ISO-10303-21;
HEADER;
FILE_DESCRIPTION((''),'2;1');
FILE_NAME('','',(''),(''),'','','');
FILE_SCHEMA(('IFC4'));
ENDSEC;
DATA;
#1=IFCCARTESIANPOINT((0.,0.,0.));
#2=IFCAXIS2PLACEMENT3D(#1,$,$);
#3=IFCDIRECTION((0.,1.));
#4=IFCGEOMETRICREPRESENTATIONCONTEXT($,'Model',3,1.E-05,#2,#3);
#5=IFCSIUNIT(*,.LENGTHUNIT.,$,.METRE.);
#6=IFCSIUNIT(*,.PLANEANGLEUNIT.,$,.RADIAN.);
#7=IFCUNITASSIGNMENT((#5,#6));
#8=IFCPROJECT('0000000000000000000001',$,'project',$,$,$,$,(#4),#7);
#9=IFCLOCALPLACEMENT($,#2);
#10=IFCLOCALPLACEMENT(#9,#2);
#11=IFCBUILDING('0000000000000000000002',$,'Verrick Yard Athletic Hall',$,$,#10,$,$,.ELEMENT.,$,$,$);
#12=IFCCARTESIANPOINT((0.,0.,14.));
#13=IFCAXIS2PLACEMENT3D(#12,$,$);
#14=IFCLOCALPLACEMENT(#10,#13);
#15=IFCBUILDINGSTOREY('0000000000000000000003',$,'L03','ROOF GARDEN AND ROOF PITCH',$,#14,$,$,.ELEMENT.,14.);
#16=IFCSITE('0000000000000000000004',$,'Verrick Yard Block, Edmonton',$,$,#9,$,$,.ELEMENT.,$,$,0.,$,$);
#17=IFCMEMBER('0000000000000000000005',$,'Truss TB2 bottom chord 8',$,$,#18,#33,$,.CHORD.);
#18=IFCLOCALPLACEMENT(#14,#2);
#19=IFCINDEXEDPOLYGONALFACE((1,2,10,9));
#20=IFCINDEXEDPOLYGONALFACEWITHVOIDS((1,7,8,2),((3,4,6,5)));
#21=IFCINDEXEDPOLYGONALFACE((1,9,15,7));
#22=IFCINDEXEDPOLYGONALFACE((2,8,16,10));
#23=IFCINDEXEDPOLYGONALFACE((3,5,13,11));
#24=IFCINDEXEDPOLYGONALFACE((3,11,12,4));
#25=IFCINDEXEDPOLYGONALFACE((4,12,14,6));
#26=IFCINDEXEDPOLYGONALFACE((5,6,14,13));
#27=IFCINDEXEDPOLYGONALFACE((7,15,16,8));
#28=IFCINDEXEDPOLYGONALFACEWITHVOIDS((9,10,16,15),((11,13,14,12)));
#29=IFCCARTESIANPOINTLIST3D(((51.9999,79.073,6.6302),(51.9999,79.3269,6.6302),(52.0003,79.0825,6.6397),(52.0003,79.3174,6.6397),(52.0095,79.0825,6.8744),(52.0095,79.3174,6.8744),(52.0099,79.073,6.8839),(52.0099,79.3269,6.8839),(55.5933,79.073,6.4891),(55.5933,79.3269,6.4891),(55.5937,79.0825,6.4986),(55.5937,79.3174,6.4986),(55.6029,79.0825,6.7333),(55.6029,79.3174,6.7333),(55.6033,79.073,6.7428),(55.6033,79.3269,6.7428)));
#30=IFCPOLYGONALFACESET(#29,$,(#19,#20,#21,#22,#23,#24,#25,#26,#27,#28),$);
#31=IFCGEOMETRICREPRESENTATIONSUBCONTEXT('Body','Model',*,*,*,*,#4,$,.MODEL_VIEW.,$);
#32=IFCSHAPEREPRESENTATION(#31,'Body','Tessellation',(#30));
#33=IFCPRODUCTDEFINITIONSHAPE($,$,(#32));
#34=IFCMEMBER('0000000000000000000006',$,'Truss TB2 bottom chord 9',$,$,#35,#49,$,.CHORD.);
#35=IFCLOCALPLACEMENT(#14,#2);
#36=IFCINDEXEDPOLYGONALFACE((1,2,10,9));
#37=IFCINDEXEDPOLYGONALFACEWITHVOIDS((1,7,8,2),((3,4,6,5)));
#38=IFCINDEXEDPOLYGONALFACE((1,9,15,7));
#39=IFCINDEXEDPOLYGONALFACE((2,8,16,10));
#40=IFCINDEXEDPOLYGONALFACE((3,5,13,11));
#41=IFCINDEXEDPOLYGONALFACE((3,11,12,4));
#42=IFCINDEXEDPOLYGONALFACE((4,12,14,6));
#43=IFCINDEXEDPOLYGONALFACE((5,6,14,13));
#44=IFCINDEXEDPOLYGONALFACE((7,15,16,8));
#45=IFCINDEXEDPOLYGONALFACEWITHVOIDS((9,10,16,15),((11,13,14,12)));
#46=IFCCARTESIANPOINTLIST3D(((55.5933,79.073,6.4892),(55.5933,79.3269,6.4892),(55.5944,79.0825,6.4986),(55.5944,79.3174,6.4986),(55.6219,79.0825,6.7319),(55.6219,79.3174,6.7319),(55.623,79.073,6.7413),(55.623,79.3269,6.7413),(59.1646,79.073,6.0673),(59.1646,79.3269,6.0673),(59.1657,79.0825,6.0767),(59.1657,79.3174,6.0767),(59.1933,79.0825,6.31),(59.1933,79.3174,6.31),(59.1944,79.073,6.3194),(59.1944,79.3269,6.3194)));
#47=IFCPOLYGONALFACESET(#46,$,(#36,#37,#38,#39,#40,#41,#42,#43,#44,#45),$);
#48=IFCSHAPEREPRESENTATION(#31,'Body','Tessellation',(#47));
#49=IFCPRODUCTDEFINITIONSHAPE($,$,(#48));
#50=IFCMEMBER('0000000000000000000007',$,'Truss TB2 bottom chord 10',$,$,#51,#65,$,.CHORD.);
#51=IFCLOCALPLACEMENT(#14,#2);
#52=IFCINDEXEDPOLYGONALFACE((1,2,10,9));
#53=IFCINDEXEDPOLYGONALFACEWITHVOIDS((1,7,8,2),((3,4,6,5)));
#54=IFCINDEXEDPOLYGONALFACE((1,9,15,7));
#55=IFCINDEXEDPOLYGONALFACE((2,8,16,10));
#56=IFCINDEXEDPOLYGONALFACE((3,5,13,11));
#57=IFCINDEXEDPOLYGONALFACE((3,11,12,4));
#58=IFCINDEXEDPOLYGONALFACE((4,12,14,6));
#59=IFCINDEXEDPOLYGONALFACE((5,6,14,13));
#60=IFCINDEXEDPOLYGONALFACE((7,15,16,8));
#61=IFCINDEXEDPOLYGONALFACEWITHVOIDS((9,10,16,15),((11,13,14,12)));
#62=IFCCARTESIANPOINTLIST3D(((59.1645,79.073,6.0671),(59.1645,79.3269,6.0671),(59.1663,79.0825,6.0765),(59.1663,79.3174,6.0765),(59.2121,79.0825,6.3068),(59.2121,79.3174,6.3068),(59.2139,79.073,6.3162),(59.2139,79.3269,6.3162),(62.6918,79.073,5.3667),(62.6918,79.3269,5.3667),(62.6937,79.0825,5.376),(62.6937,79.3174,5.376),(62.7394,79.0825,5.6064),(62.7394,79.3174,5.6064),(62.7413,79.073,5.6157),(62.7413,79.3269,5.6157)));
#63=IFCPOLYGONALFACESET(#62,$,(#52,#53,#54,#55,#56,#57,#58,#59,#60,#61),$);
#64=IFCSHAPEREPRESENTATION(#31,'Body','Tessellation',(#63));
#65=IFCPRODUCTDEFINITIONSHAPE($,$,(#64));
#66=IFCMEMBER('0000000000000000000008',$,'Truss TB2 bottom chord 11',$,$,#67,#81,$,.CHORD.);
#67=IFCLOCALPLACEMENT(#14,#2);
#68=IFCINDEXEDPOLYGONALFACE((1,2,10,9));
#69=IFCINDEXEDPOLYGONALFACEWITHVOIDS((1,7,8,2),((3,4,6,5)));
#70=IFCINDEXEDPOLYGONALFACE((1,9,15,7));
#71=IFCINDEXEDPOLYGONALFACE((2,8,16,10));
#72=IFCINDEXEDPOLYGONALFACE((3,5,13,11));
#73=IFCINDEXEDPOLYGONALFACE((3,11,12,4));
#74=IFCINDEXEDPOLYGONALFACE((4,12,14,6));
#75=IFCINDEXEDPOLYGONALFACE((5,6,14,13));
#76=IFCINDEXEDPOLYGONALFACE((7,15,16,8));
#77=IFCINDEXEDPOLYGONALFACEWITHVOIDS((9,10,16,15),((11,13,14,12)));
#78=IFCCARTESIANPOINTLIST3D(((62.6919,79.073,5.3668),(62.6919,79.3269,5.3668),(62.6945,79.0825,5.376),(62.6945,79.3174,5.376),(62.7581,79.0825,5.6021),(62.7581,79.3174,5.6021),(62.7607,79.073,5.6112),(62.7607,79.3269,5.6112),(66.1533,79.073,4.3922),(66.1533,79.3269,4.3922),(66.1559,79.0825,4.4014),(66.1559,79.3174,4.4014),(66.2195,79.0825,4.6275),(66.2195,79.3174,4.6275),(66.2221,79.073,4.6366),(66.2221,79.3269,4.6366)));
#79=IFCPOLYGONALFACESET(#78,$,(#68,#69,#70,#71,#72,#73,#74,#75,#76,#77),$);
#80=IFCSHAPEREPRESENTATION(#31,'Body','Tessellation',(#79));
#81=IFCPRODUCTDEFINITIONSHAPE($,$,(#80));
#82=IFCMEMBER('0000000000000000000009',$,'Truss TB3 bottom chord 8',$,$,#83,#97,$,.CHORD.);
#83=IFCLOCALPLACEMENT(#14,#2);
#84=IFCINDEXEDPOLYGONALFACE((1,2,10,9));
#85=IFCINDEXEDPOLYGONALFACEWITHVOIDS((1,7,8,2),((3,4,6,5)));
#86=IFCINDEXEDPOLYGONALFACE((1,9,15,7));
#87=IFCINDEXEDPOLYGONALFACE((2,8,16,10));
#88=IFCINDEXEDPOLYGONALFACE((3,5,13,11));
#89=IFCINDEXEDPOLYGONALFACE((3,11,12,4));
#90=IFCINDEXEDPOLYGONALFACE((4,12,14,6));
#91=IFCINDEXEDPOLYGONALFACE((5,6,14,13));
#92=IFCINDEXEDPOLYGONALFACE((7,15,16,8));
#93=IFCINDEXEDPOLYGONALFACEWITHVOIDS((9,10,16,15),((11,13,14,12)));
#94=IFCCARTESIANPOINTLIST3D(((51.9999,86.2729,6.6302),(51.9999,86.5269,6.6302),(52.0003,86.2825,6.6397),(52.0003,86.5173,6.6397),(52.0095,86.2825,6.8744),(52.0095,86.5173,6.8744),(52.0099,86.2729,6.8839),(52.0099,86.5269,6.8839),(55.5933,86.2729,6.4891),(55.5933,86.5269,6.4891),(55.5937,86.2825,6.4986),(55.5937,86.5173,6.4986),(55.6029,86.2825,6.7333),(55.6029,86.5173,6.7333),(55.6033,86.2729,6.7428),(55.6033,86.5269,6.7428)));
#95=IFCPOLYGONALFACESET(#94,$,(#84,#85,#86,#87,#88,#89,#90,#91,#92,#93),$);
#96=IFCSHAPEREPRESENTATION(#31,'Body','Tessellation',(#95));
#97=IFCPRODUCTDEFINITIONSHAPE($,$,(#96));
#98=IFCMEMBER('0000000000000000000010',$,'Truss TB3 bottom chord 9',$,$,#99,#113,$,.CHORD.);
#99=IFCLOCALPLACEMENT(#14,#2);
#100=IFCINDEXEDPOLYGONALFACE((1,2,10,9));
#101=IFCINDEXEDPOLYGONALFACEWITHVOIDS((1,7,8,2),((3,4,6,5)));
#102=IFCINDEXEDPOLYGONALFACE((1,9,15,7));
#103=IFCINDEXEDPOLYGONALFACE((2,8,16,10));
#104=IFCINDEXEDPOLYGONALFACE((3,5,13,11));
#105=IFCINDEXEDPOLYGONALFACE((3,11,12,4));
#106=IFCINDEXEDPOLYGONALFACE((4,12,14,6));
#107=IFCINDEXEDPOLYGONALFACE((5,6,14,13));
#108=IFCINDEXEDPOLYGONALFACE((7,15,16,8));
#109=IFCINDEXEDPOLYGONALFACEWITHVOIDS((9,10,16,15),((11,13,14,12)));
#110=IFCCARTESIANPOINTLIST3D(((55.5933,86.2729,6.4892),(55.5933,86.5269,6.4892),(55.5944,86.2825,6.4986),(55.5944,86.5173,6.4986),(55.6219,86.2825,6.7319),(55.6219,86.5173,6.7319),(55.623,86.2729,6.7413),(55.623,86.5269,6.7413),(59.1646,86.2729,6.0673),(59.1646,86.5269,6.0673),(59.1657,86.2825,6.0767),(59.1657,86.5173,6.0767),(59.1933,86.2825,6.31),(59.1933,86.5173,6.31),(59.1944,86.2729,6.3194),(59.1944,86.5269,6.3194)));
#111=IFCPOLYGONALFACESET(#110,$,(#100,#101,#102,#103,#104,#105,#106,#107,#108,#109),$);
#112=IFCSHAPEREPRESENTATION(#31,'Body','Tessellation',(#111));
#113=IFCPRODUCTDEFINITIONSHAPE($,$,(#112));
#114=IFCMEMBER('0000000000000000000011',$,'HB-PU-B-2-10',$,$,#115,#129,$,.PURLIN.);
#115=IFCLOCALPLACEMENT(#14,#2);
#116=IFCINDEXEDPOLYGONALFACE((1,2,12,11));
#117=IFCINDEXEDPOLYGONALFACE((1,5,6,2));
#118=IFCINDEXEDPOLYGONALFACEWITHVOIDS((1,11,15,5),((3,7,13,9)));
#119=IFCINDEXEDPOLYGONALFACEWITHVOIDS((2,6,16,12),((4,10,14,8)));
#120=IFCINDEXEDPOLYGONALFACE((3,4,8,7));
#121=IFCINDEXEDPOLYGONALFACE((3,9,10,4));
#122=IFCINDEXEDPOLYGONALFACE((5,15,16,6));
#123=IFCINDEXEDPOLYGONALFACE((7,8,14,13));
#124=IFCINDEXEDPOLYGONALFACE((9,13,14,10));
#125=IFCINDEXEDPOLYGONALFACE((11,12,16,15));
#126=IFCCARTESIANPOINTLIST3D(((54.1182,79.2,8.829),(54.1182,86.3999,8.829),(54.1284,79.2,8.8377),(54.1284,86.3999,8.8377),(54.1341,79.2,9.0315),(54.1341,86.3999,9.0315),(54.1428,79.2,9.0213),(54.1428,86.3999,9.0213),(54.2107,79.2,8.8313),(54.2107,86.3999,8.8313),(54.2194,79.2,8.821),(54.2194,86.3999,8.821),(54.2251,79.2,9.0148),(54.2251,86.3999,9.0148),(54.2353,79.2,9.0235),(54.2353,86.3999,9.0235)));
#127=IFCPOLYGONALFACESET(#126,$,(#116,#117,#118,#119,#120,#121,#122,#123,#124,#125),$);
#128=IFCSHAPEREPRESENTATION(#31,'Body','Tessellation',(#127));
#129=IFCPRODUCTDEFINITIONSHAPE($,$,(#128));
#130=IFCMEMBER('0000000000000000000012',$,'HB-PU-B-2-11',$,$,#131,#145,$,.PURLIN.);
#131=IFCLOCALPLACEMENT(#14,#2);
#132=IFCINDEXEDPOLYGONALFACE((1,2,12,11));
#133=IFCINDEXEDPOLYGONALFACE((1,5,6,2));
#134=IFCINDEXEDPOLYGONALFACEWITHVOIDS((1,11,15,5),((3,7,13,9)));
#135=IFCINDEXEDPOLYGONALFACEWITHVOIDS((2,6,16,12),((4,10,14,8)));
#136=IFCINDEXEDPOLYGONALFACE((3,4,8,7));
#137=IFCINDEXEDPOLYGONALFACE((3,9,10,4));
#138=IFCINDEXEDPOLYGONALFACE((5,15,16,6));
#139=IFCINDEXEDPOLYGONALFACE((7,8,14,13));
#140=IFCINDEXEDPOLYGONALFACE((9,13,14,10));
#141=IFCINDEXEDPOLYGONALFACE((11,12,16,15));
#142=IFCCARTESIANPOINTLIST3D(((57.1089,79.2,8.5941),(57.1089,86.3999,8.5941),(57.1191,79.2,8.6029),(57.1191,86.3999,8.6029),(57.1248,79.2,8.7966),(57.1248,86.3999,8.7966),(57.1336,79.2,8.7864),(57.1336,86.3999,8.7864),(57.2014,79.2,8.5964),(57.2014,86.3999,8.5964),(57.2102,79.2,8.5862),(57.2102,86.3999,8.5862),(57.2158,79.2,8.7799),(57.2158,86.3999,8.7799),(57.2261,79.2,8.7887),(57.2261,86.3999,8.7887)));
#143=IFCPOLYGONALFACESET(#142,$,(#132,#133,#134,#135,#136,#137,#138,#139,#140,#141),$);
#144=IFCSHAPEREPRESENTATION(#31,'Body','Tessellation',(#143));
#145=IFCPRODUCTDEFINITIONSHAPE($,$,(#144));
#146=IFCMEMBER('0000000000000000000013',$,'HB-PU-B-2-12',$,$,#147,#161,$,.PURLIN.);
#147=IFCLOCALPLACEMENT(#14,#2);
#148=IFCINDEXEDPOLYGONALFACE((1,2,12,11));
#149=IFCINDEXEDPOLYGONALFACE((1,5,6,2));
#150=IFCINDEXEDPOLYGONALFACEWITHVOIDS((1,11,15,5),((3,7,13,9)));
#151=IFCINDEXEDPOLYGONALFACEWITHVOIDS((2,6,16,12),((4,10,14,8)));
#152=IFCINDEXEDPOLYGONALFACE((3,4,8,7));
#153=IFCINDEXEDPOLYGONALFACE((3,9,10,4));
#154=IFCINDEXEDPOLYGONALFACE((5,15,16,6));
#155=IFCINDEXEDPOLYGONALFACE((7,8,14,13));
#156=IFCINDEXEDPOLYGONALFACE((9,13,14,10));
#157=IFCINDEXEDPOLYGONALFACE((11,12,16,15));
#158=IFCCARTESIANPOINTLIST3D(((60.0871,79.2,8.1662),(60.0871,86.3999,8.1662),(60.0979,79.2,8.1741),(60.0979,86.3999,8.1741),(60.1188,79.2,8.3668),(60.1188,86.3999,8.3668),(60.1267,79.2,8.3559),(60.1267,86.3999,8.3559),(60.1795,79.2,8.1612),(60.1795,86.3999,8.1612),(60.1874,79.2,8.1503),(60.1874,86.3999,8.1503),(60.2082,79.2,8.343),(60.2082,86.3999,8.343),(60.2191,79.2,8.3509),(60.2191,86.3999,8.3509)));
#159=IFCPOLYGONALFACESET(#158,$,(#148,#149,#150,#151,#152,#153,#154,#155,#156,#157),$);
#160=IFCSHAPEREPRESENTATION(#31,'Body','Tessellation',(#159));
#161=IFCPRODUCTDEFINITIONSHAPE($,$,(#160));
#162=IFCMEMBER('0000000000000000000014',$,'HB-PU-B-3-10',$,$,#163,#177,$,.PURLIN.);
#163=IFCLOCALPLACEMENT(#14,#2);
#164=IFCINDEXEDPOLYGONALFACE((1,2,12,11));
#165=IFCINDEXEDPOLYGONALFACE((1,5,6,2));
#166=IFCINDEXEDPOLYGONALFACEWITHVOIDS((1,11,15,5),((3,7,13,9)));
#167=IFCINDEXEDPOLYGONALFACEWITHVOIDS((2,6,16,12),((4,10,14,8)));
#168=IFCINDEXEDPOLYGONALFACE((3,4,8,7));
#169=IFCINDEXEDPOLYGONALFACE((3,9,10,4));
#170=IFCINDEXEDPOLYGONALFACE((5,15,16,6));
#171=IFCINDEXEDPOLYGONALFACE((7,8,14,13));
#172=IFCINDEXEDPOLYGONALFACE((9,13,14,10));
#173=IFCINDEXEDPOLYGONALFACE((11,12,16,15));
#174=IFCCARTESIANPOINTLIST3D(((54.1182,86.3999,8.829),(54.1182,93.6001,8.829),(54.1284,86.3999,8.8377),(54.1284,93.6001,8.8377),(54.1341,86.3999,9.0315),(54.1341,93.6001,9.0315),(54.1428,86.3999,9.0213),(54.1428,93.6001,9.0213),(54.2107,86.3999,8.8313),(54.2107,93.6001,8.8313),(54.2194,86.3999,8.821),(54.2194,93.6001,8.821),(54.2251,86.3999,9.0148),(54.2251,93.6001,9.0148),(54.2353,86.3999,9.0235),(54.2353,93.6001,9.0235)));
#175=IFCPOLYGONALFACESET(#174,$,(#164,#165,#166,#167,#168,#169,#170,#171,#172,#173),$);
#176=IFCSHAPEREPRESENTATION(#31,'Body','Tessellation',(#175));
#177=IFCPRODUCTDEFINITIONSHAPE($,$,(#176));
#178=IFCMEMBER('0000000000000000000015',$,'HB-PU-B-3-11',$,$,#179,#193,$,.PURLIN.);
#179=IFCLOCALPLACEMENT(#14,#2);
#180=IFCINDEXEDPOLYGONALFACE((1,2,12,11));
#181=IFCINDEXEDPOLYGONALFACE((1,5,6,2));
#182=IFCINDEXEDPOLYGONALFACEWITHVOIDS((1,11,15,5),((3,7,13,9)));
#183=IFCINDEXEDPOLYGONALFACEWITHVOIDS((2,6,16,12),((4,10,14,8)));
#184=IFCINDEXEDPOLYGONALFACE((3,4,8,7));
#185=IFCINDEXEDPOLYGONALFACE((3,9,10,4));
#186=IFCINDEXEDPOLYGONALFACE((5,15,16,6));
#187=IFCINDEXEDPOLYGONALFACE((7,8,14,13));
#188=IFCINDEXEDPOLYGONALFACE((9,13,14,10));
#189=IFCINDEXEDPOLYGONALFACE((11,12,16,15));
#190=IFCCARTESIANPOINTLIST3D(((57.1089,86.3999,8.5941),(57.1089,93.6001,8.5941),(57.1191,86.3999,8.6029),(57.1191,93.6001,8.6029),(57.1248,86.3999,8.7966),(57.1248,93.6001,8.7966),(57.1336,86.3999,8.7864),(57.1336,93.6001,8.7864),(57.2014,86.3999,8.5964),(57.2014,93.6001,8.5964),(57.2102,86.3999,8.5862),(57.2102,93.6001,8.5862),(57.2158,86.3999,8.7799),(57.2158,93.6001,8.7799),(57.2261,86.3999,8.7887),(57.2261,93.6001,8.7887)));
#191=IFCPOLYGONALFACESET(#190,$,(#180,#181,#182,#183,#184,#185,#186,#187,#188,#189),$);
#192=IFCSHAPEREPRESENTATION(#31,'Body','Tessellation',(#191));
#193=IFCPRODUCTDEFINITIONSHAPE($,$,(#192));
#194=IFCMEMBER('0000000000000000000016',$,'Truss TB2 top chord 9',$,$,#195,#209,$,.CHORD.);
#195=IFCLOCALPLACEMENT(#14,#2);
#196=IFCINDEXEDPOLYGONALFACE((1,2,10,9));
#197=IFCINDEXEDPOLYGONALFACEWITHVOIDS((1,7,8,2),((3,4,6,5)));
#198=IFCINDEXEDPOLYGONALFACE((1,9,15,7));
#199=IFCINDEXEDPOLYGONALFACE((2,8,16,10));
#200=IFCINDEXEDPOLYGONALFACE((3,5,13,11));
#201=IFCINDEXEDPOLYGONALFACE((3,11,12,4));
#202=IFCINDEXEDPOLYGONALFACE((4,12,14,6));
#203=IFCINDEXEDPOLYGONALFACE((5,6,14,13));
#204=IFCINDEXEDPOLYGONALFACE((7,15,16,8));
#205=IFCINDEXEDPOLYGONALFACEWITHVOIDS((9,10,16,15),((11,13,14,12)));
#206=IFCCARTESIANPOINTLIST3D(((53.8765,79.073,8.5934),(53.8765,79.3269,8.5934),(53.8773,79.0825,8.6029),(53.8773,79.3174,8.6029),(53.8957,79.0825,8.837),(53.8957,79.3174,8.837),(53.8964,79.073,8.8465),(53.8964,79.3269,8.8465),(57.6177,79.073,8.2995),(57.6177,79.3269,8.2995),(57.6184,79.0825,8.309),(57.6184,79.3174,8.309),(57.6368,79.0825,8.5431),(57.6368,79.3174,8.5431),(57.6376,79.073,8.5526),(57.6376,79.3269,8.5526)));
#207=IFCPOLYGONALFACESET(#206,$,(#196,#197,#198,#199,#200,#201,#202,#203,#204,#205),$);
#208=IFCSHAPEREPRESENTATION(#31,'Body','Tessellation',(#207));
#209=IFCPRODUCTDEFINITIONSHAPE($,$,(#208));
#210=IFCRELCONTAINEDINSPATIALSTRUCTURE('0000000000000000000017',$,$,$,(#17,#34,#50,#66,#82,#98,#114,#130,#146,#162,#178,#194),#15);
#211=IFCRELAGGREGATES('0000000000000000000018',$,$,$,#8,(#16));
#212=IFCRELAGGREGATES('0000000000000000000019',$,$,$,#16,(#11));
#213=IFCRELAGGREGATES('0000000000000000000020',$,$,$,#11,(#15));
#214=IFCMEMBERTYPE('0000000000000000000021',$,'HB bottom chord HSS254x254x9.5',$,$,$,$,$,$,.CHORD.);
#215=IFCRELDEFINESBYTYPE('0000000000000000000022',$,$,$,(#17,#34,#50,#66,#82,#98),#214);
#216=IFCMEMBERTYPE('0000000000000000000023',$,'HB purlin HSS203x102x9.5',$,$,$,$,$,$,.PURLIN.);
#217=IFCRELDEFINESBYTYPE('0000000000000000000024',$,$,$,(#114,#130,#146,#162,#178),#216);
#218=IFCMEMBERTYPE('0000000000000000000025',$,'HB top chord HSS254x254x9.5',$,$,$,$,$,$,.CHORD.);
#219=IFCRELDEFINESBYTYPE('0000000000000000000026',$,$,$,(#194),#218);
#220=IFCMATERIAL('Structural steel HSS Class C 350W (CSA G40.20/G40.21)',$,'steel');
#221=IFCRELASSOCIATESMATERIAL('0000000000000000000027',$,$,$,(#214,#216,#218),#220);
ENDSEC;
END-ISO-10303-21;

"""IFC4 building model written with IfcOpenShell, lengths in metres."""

from ifc_helpers import new_model, si_unit, direction, frame, origin, origin_2d, place, context, subcontext, project, spatial, hollow_rectangle, extrude, material, material_profile, profile_set, type_object, element, save


model = new_model("IFC4")

# Units and contexts
model_context = context("Model", 3, precision=1e-05, world=origin(), true_north=direction((0.0, 1.0)))
body_context = subcontext(model_context, "Body", "Model", "MODEL_VIEW")
ifc_project = project(units=[si_unit("LENGTHUNIT", "METRE"), si_unit("PLANEANGLEUNIT", "RADIAN")], contexts=[model_context])

# Site, building, storey
site_placement = place(None, origin())
site = spatial("IfcSite", under=ifc_project, at=site_placement, Name="Verrick Yard Block, Edmonton", CompositionType="ELEMENT", RefElevation=0.0)
building_placement = place(site_placement, origin())
building = spatial("IfcBuilding", under=site, at=building_placement, Name="Verrick Yard Athletic Hall", CompositionType="ELEMENT")
storey_placement = place(building_placement, frame((0.0, 0.0, 14.0)))
storey = spatial("IfcBuildingStorey", under=building, at=storey_placement, Name="L03", Description="ROOF GARDEN AND ROOF PITCH", CompositionType="ELEMENT", Elevation=14.0)

# Members
ifc_material_1 = material(Name="Structural steel HSS Class C 350W (CSA G40.20/G40.21)", Category="steel")
ifc_material_profile_1 = material_profile(ifc_material_1, hollow_rectangle(XDim=0.2539, YDim=0.2539, WallThickness=0.0095, at=origin_2d()), Name="HSS254x254x9.5")
ifc_profile_set_1 = profile_set([ifc_material_profile_1], Name="Structural steel HSS Class C 350W (CSA G40.20/G40.21)")
member_type_1 = type_object("IfcMemberType", Name="HB bottom chord HSS254x254x9.5", PredefinedType="CHORD", material=ifc_profile_set_1)
for number, where, z_axis, x_axis, name in (
    (1, (52.0049, 79.2, 6.7571), (0.99923, 0.0, -0.039239), (0.0, 1.0, 0.0), "Truss TB2 bottom chord 8"),
    (2, (55.6082, 79.2, 6.6152), (0.993095, 0.0, -0.117314), (0.0, 1.0, 0.0), "Truss TB2 bottom chord 9"),
    (3, (59.1892, 79.2, 6.1917), (0.980849, 0.0, -0.194771), (0.0, 1.0, 0.0), "Truss TB2 bottom chord 10"),
):
    element("IfcMember", number, at=place(storey_placement, frame(where, z_axis=z_axis, x_axis=x_axis)), inside=storey, type_object=member_type_1, Name=name, PredefinedType="CHORD", context=body_context, shape_type="SweptSolid", body=[
        extrude(hollow_rectangle(XDim=0.2539, YDim=0.2539, WallThickness=0.0095, at=origin_2d()), origin(), (0.0, 0.0, 1.0), 3.5962),
    ])
member_1_placement = place(storey_placement, frame((62.7263, 79.2, 5.489), z_axis=(0.962572, 0.0, -0.271025), x_axis=(0.0, 1.0, 0.0)))
element("IfcMember", 4, at=member_1_placement, inside=storey, type_object=member_type_1, Name="Truss TB2 bottom chord 11", PredefinedType="CHORD", context=body_context, shape_type="SweptSolid", body=[
    extrude(hollow_rectangle(XDim=0.2539, YDim=0.2539, WallThickness=0.0095, at=origin_2d()), origin(), (0.0, 0.0, 1.0), 3.5959),
])
for number, where, z_axis, x_axis, name in (
    (5, (52.0049, 86.3999, 6.7571), (0.99923, 0.0, -0.039239), (0.0, 1.0, 0.0), "Truss TB3 bottom chord 8"),
    (6, (55.6082, 86.3999, 6.6152), (0.993095, 0.0, -0.117314), (0.0, 1.0, 0.0), "Truss TB3 bottom chord 9"),
):
    element("IfcMember", number, at=place(storey_placement, frame(where, z_axis=z_axis, x_axis=x_axis)), inside=storey, type_object=member_type_1, Name=name, PredefinedType="CHORD", context=body_context, shape_type="SweptSolid", body=[
        extrude(hollow_rectangle(XDim=0.2539, YDim=0.2539, WallThickness=0.0095, at=origin_2d()), origin(), (0.0, 0.0, 1.0), 3.5962),
    ])
ifc_material_profile_2 = material_profile(ifc_material_1, hollow_rectangle(XDim=0.1016, YDim=0.2031, WallThickness=0.0095, at=origin_2d()), Name="HSS203x102x9.5")
ifc_profile_set_2 = profile_set([ifc_material_profile_2], Name="Structural steel HSS Class C 350W (CSA G40.20/G40.21)")
member_type_2 = type_object("IfcMemberType", Name="HB purlin HSS203x102x9.5", PredefinedType="PURLIN", material=ifc_profile_set_2)
for number, where, z_axis, x_axis, name in (
    (7, (54.1768, 79.2, 8.9263), (0.0, 1.0, 0.0), (-0.996927, 0.0, 0.078332), "HB-PU-B-2-10"),
    (8, (57.1675, 79.2, 8.6914), (0.0, 1.0, 0.0), (-0.996927, 0.0, 0.078332), "HB-PU-B-2-11"),
    (9, (60.1531, 79.2, 8.2585), (0.0, 1.0, 0.0), (-0.987728, 0.0, 0.156183), "HB-PU-B-2-12"),
):
    element("IfcMember", number, at=place(storey_placement, frame(where, z_axis=z_axis, x_axis=x_axis)), inside=storey, type_object=member_type_2, Name=name, PredefinedType="PURLIN", context=body_context, shape_type="SweptSolid", body=[
        extrude(hollow_rectangle(XDim=0.1016, YDim=0.2031, WallThickness=0.0095, at=origin_2d()), origin(), (0.0, 0.0, 1.0), 7.2),
    ])
for number, where, z_axis, x_axis, name in (
    (10, (54.1768, 86.3999, 8.9263), (0.0, 1.0, 0.0), (-0.996927, 0.0, 0.078332), "HB-PU-B-3-10"),
    (11, (57.1675, 86.3999, 8.6914), (0.0, 1.0, 0.0), (-0.996927, 0.0, 0.078332), "HB-PU-B-3-11"),
):
    element("IfcMember", number, at=place(storey_placement, frame(where, z_axis=z_axis, x_axis=x_axis)), inside=storey, type_object=member_type_2, Name=name, PredefinedType="PURLIN", context=body_context, shape_type="SweptSolid", body=[
        extrude(hollow_rectangle(XDim=0.1016, YDim=0.2031, WallThickness=0.0095, at=origin_2d()), origin(), (0.0, 0.0, 1.0), 7.2002),
    ])
ifc_material_profile_3 = material_profile(ifc_material_1, hollow_rectangle(XDim=0.2539, YDim=0.2539, WallThickness=0.0095, at=origin_2d()), Name="HSS254x254x9.5")
ifc_profile_set_3 = profile_set([ifc_material_profile_3], Name="Structural steel HSS Class C 350W (CSA G40.20/G40.21)")
member_type_3 = type_object("IfcMemberType", Name="HB top chord HSS254x254x9.5", PredefinedType="CHORD", material=ifc_profile_set_3)
member_2_placement = place(storey_placement, frame((53.8865, 79.2, 8.72), z_axis=(0.996928, 0.0, -0.078328), x_axis=(0.0, 1.0, 0.0)))
element("IfcMember", 12, at=member_2_placement, inside=storey, type_object=member_type_3, Name="Truss TB2 top chord 9", PredefinedType="CHORD", context=body_context, shape_type="SweptSolid", body=[
    extrude(hollow_rectangle(XDim=0.2539, YDim=0.2539, WallThickness=0.0095, at=origin_2d()), origin(), (0.0, 0.0, 1.0), 3.7527),
])

save(model, "model.ifc")
